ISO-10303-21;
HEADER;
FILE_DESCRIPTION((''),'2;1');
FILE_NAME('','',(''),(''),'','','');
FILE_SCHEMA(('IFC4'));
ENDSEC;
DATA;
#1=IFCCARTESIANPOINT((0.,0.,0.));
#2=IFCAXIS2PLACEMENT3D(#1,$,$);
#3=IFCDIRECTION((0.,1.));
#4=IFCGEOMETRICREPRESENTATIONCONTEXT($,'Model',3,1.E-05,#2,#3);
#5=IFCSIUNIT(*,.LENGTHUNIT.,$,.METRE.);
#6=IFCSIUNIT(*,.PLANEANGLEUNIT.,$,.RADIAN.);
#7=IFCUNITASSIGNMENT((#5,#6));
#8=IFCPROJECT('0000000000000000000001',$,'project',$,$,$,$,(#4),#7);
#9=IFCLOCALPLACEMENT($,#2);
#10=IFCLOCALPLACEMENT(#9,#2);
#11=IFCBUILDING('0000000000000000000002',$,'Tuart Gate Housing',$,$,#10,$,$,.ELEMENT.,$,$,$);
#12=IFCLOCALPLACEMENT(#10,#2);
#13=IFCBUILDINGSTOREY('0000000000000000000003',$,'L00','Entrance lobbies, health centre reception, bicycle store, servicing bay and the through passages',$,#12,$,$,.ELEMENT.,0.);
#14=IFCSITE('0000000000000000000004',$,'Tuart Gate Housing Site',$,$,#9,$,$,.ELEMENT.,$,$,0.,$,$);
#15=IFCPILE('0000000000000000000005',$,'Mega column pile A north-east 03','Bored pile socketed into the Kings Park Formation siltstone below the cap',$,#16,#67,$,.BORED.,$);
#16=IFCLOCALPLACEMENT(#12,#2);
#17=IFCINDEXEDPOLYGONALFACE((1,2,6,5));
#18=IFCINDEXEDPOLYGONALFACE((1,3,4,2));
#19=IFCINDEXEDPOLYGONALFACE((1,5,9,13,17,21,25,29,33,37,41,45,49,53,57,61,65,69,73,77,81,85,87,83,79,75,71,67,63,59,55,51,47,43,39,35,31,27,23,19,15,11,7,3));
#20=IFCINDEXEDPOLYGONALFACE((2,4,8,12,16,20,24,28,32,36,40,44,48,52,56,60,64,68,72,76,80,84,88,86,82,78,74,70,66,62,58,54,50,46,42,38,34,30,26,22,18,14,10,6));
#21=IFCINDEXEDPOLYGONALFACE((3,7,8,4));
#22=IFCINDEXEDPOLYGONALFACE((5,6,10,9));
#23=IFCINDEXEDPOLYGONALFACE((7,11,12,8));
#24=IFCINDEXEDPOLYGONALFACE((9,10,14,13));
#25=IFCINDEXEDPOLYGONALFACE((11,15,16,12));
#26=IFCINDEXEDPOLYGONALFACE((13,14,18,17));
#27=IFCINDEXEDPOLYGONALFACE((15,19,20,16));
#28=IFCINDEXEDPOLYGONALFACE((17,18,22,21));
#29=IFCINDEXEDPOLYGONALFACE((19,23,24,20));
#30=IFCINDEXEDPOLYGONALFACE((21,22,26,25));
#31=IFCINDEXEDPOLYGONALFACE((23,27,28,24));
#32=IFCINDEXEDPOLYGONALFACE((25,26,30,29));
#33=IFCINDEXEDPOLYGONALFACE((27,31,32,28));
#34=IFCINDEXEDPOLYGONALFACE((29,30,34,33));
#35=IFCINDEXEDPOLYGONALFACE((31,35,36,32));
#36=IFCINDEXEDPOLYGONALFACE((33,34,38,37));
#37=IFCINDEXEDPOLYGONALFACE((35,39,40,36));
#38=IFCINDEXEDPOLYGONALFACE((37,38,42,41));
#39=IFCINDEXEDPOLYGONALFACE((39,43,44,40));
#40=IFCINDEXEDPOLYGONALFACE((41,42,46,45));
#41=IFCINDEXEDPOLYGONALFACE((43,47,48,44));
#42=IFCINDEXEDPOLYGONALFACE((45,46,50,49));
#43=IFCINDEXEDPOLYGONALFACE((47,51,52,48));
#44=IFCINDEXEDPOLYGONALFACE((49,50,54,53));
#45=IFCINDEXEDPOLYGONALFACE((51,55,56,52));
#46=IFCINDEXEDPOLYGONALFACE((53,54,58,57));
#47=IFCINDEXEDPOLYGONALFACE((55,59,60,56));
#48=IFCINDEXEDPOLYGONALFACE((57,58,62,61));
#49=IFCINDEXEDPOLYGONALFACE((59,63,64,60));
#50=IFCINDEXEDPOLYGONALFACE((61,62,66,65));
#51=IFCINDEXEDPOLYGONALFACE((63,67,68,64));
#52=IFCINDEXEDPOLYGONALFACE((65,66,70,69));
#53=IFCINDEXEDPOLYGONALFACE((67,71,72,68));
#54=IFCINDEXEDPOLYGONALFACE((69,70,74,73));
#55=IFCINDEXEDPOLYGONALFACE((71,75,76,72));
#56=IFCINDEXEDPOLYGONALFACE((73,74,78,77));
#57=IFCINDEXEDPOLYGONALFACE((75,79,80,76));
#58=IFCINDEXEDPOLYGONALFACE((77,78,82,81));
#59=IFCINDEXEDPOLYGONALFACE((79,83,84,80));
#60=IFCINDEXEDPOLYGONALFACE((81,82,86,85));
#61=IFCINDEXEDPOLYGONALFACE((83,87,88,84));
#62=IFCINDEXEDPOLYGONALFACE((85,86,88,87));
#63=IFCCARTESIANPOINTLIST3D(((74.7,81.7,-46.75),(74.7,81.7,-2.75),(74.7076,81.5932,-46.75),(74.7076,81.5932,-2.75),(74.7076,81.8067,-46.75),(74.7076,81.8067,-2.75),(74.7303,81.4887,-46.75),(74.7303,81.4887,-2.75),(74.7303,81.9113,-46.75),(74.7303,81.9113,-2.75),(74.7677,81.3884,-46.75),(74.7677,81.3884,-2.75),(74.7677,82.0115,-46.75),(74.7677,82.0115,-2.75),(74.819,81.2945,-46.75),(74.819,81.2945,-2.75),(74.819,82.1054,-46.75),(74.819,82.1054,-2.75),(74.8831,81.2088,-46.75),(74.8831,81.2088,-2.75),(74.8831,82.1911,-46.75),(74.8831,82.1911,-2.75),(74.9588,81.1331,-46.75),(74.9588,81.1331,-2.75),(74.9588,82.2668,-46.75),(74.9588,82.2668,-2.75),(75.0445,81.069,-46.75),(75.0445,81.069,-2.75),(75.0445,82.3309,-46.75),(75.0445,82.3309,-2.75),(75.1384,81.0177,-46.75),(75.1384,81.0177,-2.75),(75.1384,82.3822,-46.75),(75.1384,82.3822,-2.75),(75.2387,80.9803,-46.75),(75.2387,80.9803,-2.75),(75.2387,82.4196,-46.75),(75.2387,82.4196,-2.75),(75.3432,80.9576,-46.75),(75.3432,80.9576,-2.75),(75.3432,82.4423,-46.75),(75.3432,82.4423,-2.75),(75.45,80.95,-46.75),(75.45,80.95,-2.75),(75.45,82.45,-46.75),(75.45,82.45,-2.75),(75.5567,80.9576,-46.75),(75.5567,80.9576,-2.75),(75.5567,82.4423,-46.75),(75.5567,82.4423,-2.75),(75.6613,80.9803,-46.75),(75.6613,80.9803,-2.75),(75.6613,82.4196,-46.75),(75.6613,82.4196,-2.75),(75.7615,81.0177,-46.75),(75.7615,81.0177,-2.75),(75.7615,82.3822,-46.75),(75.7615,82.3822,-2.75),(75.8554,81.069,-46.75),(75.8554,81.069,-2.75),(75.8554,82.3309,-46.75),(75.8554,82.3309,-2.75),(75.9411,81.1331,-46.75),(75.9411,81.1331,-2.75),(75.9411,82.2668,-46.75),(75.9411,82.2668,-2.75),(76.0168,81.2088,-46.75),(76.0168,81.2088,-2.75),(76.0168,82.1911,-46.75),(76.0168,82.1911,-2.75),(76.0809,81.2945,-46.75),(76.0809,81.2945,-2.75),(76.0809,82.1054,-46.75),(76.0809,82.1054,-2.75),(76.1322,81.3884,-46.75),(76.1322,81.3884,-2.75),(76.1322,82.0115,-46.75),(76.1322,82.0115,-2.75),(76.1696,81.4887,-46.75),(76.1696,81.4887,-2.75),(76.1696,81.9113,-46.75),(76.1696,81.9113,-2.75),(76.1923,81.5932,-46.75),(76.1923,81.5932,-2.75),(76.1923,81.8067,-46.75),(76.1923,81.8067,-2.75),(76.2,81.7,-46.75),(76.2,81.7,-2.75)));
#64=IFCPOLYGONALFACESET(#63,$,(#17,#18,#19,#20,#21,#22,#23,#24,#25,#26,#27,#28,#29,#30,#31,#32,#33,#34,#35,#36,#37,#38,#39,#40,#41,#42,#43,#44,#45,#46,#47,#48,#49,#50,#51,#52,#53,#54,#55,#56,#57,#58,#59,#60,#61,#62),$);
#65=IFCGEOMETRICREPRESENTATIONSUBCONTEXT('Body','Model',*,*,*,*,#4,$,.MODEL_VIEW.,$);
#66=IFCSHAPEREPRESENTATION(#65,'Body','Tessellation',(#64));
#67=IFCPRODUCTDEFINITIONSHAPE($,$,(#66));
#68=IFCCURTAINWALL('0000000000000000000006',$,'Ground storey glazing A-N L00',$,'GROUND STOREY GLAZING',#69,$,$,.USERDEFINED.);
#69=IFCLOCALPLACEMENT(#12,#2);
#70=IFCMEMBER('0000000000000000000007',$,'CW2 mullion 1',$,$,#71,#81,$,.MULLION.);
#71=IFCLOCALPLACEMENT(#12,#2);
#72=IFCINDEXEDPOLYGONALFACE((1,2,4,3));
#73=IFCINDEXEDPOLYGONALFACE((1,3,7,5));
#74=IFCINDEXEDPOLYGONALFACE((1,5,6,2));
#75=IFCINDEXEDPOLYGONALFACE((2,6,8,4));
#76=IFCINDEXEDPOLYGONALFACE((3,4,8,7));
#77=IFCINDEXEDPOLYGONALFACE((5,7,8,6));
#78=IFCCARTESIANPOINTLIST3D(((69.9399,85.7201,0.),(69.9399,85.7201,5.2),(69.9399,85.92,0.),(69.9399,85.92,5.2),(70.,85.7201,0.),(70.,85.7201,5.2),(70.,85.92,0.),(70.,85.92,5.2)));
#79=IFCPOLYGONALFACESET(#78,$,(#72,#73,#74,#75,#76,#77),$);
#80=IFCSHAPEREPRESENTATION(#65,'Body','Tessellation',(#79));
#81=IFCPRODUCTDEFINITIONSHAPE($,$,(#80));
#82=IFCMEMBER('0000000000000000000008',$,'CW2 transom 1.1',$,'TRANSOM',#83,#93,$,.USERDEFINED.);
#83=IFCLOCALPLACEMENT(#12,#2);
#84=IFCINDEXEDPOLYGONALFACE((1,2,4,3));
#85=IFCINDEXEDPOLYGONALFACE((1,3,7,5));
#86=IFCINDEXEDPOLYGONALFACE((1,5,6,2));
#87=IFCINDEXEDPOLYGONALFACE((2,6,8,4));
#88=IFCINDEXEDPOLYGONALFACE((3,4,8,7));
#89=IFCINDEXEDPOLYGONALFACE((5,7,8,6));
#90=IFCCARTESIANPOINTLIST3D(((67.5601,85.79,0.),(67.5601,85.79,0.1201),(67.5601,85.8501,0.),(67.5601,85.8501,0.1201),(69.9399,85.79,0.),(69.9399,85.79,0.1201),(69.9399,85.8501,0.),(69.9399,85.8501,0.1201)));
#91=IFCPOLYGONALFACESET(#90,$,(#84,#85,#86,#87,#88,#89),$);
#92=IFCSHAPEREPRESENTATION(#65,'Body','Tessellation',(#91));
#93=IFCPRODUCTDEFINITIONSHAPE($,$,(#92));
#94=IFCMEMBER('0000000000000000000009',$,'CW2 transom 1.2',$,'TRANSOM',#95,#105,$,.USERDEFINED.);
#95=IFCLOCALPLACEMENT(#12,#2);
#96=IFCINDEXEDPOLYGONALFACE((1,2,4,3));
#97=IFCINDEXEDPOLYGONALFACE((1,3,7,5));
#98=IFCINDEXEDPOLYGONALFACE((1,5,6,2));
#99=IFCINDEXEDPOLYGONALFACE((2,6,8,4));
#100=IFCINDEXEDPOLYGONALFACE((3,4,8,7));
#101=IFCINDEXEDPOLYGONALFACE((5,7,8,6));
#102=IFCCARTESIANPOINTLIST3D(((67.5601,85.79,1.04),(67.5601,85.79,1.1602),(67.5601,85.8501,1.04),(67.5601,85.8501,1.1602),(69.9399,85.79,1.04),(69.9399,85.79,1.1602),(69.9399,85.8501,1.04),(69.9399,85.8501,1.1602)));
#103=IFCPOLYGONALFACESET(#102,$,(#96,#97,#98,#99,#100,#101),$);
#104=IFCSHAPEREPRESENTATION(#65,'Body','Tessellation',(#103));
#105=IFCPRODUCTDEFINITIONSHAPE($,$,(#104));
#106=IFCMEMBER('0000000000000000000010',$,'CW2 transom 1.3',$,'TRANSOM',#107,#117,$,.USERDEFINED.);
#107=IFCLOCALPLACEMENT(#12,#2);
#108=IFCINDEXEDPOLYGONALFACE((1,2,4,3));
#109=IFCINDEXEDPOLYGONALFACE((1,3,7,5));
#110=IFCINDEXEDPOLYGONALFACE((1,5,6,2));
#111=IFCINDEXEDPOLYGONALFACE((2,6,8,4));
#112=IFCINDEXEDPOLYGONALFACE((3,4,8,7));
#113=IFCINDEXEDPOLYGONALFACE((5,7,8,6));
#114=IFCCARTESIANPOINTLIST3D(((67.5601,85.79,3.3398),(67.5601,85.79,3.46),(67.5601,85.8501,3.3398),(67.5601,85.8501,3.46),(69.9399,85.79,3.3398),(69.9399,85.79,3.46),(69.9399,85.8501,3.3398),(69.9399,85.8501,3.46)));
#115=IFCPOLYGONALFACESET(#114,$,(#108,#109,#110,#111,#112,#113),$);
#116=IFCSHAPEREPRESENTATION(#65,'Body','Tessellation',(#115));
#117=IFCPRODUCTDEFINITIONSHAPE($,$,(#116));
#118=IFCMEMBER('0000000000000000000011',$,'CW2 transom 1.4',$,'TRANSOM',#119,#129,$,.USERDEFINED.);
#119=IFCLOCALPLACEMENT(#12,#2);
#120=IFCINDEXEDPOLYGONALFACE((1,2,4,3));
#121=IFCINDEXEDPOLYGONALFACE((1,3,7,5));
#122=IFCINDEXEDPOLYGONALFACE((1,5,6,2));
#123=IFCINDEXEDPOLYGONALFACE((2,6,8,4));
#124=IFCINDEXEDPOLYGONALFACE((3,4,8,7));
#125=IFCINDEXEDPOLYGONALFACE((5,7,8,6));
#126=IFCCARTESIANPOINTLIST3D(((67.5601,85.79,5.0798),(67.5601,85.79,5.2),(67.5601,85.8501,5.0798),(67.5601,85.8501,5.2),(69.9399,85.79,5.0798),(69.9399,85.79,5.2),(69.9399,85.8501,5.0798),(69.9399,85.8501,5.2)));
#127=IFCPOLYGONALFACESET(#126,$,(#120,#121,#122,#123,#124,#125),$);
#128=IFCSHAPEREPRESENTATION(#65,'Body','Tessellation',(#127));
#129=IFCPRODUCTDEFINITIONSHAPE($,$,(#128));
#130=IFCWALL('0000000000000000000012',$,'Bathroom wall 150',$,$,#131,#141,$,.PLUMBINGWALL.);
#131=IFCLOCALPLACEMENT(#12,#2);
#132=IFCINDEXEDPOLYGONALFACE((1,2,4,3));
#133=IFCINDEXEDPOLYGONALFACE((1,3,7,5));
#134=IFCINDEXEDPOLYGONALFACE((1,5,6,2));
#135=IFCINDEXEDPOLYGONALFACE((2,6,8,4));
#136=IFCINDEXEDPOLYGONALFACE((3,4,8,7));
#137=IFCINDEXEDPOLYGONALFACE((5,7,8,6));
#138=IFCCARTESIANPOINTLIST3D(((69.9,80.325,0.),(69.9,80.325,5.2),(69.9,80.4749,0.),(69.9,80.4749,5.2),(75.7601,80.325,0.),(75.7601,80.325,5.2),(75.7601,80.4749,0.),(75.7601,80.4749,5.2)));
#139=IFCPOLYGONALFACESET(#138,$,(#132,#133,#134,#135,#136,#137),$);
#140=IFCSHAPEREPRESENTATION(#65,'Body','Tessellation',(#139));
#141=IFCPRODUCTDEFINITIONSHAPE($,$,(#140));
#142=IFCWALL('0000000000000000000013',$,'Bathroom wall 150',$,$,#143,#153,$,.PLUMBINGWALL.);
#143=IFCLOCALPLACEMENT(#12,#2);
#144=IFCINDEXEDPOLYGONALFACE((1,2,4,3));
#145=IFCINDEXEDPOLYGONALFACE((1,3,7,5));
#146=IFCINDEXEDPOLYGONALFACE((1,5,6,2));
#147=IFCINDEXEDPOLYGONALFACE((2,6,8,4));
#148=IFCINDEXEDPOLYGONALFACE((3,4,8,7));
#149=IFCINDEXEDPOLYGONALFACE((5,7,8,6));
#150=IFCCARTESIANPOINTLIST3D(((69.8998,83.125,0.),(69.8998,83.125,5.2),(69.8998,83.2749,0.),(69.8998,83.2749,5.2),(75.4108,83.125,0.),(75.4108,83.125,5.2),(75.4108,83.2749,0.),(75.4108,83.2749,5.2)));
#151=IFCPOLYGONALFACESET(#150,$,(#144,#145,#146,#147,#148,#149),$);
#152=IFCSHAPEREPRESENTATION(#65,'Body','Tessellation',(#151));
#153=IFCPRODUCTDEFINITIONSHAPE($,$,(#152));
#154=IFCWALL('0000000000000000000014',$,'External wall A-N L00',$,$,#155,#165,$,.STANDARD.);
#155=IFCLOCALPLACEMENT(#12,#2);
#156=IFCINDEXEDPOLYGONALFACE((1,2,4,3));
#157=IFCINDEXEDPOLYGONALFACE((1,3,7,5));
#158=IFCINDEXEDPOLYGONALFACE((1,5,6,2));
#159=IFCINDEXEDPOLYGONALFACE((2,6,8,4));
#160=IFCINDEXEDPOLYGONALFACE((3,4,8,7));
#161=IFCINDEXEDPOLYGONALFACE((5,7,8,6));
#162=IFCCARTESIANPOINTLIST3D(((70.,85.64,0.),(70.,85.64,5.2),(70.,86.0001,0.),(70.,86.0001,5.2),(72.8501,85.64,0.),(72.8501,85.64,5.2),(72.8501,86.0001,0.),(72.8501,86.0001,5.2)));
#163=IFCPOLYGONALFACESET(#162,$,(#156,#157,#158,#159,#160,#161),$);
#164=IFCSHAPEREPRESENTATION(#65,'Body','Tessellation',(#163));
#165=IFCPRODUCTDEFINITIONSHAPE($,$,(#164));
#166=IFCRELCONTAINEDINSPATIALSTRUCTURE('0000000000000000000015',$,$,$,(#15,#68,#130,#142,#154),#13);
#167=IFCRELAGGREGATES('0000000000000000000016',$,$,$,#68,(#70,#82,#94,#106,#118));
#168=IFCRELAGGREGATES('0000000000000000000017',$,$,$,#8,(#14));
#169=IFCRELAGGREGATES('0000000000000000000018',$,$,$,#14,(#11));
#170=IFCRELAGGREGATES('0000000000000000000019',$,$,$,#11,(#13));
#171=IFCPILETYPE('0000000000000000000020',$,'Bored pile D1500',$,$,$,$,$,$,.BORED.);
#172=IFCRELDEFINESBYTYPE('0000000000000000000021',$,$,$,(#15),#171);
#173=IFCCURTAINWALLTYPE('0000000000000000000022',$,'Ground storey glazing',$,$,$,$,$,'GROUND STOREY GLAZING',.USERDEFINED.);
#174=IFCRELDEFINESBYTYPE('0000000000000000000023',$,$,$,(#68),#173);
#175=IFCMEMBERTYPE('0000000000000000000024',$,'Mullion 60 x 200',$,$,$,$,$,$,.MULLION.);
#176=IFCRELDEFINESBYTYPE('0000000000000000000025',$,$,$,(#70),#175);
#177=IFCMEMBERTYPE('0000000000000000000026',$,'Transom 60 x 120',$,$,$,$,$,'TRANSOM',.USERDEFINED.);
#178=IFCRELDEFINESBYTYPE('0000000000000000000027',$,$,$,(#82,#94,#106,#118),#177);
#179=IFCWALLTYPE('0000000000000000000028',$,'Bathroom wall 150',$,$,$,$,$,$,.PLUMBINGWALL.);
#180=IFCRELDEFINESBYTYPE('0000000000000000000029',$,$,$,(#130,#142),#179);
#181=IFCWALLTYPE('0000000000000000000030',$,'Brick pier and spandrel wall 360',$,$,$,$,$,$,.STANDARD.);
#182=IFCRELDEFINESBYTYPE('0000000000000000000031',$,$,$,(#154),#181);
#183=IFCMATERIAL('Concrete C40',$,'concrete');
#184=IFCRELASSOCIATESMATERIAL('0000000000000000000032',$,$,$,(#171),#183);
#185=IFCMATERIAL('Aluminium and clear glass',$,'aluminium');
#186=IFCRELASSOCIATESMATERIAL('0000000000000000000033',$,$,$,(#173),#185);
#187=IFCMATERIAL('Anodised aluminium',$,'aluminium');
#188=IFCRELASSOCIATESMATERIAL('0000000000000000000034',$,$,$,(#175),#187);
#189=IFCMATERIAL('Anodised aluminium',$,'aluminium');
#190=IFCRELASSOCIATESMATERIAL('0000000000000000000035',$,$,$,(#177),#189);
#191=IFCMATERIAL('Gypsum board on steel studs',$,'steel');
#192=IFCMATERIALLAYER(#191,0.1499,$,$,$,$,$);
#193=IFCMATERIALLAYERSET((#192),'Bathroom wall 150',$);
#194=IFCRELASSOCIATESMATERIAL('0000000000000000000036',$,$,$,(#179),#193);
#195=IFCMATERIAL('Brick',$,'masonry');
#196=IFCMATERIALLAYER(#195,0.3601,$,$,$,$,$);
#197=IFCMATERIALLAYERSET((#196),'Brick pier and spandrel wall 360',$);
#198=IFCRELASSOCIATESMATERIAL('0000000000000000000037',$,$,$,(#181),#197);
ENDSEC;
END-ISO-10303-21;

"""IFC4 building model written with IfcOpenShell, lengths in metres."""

from ifc_helpers import new_model, si_unit, direction, frame, frame_2d, origin, origin_2d, place, context, subcontext, project, spatial, rectangle, circle, extrude, material, layer, layer_set, material_profile, profile_set, type_object, element, aggregate, save


model = new_model("IFC4")

# Units and contexts
model_context = context("Model", 3, precision=1e-05, world=origin(), true_north=direction((0.0, 1.0)))
body_context = subcontext(model_context, "Body", "Model", "MODEL_VIEW")
ifc_project = project(units=[si_unit("LENGTHUNIT", "METRE"), si_unit("PLANEANGLEUNIT", "RADIAN")], contexts=[model_context])

# Site, building, storey
site_placement = place(None, origin())
site = spatial("IfcSite", under=ifc_project, at=site_placement, Name="Tuart Gate Housing Site", CompositionType="ELEMENT", RefElevation=0.0)
building_placement = place(site_placement, origin())
building = spatial("IfcBuilding", under=site, at=building_placement, Name="Tuart Gate Housing", CompositionType="ELEMENT")
storey_placement = place(building_placement, origin())
storey = spatial("IfcBuildingStorey", under=building, at=storey_placement, Name="L00", Description="Entrance lobbies, health centre reception, bicycle store, servicing bay and the through passages", CompositionType="ELEMENT", Elevation=0.0)

# Pile
ifc_material_1 = material(Name="Concrete C40", Category="concrete")
ifc_material_profile_1 = material_profile(ifc_material_1, circle(Radius=0.75, at=origin_2d()), Name="Bored pile D1500")
ifc_profile_set_1 = profile_set([ifc_material_profile_1], Name="Concrete C40")
pile_type = type_object("IfcPileType", Name="Bored pile D1500", PredefinedType="BORED", material=ifc_profile_set_1)
for number, where, z_axis, x_axis, name in (
    (1, (75.45, 81.7, -2.75), (0.0, 0.0, -1.0), (1.0, 0.0, 0.0), "Mega column pile A north-east 03"),
):
    element("IfcPile", number, at=place(storey_placement, frame(where, z_axis=z_axis, x_axis=x_axis)), inside=storey, type_object=pile_type, Name=name, Description="Bored pile socketed into the Kings Park Formation siltstone below the cap", PredefinedType="BORED", context=body_context, shape_type="SweptSolid", body=[
        extrude(circle(Radius=0.75, at=origin_2d()), origin(), (0.0, 0.0, 1.0), 44.0),
    ])

# Curtain wall, members
ifc_material_2 = material(Name="Aluminium and clear glass", Category="aluminium")
curtain_wall_type = type_object("IfcCurtainWallType", Name="Ground storey glazing", ElementType="GROUND STOREY GLAZING", PredefinedType="USERDEFINED", material=ifc_material_2)
curtain_wall_placement = place(storey_placement, origin())
curtain_wall = element("IfcCurtainWall", 2, at=curtain_wall_placement, inside=storey, type_object=curtain_wall_type, Name="Ground storey glazing A-N L00", ObjectType="GROUND STOREY GLAZING", PredefinedType="USERDEFINED")
ifc_material_3 = material(Name="Anodised aluminium", Category="aluminium")
ifc_material_profile_2 = material_profile(ifc_material_3, rectangle(XDim=0.0601, YDim=0.2, at=origin_2d()), Name="60x200")
ifc_profile_set_2 = profile_set([ifc_material_profile_2], Name="Anodised aluminium")
member_type_1 = type_object("IfcMemberType", Name="Mullion 60 x 200", PredefinedType="MULLION", material=ifc_profile_set_2)
member_1_placement = place(storey_placement, frame((69.97, 85.8201, 0.0), z_axis=(0.0, 0.0, 1.0), x_axis=(-1.0, 0.0, 0.0)))
member_1 = element("IfcMember", 3, at=member_1_placement, type_object=member_type_1, Name="CW2 mullion 1", PredefinedType="MULLION", context=body_context, shape_type="SweptSolid", body=[
    extrude(rectangle(XDim=0.0601, YDim=0.2, at=origin_2d()), origin(), (0.0, 0.0, 1.0), 5.2),
])
ifc_material_4 = material(Name="Anodised aluminium", Category="aluminium")
ifc_material_profile_3 = material_profile(ifc_material_4, rectangle(XDim=0.0601, YDim=0.1201, at=origin_2d()), Name="60x120")
ifc_profile_set_3 = profile_set([ifc_material_profile_3], Name="Anodised aluminium")
member_type_2 = type_object("IfcMemberType", Name="Transom 60 x 120", ElementType="TRANSOM", PredefinedType="USERDEFINED", material=ifc_profile_set_3)
member_2_placement = place(storey_placement, frame((69.9399, 85.8201, 0.0601), z_axis=(-1.0, 0.0, 0.0), x_axis=(0.0, -1.0, 0.0)))
member_2 = element("IfcMember", 4, at=member_2_placement, type_object=member_type_2, Name="CW2 transom 1.1", ObjectType="TRANSOM", PredefinedType="USERDEFINED", context=body_context, shape_type="SweptSolid", body=[
    extrude(rectangle(XDim=0.0601, YDim=0.1201, at=origin_2d()), origin(), (0.0, 0.0, 1.0), 2.3799),
])
member_3_placement = place(storey_placement, frame((69.9399, 85.8201, 1.1001), z_axis=(-1.0, 0.0, 0.0), x_axis=(0.0, -1.0, 0.0)))
member_3 = element("IfcMember", 5, at=member_3_placement, type_object=member_type_2, Name="CW2 transom 1.2", ObjectType="TRANSOM", PredefinedType="USERDEFINED", context=body_context, shape_type="SweptSolid", body=[
    extrude(rectangle(XDim=0.0601, YDim=0.1201, at=origin_2d()), origin(), (0.0, 0.0, 1.0), 2.3799),
])
member_4_placement = place(storey_placement, frame((69.9399, 85.8201, 3.3999), z_axis=(-1.0, 0.0, 0.0), x_axis=(0.0, -1.0, 0.0)))
member_4 = element("IfcMember", 6, at=member_4_placement, type_object=member_type_2, Name="CW2 transom 1.3", ObjectType="TRANSOM", PredefinedType="USERDEFINED", context=body_context, shape_type="SweptSolid", body=[
    extrude(rectangle(XDim=0.0601, YDim=0.1201, at=origin_2d()), origin(), (0.0, 0.0, 1.0), 2.3799),
])
member_5_placement = place(storey_placement, frame((69.9399, 85.8201, 5.1399), z_axis=(-1.0, 0.0, 0.0), x_axis=(0.0, -1.0, 0.0)))
member_5 = element("IfcMember", 7, at=member_5_placement, type_object=member_type_2, Name="CW2 transom 1.4", ObjectType="TRANSOM", PredefinedType="USERDEFINED", context=body_context, shape_type="SweptSolid", body=[
    extrude(rectangle(XDim=0.0601, YDim=0.1201, at=origin_2d()), origin(), (0.0, 0.0, 1.0), 2.3799),
])
aggregate(curtain_wall, [member_1, member_2, member_3, member_4, member_5])

# Walls
ifc_material_5 = material(Name="Gypsum board on steel studs", Category="steel")
ifc_layer_1 = layer(ifc_material_5, 0.1499)
ifc_layer_set_1 = layer_set([ifc_layer_1], Name="Bathroom wall 150")
wall_type_1 = type_object("IfcWallType", Name="Bathroom wall 150", PredefinedType="PLUMBINGWALL", material=ifc_layer_set_1)
wall_1_placement = place(storey_placement, frame((69.8999, 80.3999, 0.0), z_axis=(0.0, 0.0, 1.0), x_axis=(1.0, 0.0, 0.0)))
element("IfcWall", 8, at=wall_1_placement, inside=storey, type_object=wall_type_1, Name="Bathroom wall 150", PredefinedType="PLUMBINGWALL", context=body_context, shape_type="SweptSolid", body=[
    extrude(rectangle(XDim=5.8601, YDim=0.1499, at=frame_2d((2.9302, 0.0))), origin(), (0.0, 0.0, 1.0), 5.2),
])
wall_2_placement = place(storey_placement, frame((69.8999, 83.2, 0.0), z_axis=(0.0, 0.0, 1.0), x_axis=(1.0, 0.0, 0.0)))
element("IfcWall", 9, at=wall_2_placement, inside=storey, type_object=wall_type_1, Name="Bathroom wall 150", PredefinedType="PLUMBINGWALL", context=body_context, shape_type="SweptSolid", body=[
    extrude(rectangle(XDim=5.511, YDim=0.1499, at=frame_2d((2.7554, 0.0))), origin(), (0.0, 0.0, 1.0), 5.2),
])
ifc_material_6 = material(Name="Brick", Category="masonry")
ifc_layer_2 = layer(ifc_material_6, 0.3601)
ifc_layer_set_2 = layer_set([ifc_layer_2], Name="Brick pier and spandrel wall 360")
wall_type_2 = type_object("IfcWallType", Name="Brick pier and spandrel wall 360", PredefinedType="STANDARD", material=ifc_layer_set_2)
wall_3_placement = place(storey_placement, frame((72.8501, 85.8201, 0.0), z_axis=(0.0, 0.0, 1.0), x_axis=(-1.0, 0.0, 0.0)))
element("IfcWall", 10, at=wall_3_placement, inside=storey, type_object=wall_type_2, Name="External wall A-N L00", PredefinedType="STANDARD", context=body_context, shape_type="SweptSolid", body=[
    extrude(rectangle(XDim=2.8501, YDim=0.3601, at=frame_2d((1.425, 0.0))), origin(), (0.0, 0.0, 1.0), 5.2),
])

save(model, "model.ifc")
